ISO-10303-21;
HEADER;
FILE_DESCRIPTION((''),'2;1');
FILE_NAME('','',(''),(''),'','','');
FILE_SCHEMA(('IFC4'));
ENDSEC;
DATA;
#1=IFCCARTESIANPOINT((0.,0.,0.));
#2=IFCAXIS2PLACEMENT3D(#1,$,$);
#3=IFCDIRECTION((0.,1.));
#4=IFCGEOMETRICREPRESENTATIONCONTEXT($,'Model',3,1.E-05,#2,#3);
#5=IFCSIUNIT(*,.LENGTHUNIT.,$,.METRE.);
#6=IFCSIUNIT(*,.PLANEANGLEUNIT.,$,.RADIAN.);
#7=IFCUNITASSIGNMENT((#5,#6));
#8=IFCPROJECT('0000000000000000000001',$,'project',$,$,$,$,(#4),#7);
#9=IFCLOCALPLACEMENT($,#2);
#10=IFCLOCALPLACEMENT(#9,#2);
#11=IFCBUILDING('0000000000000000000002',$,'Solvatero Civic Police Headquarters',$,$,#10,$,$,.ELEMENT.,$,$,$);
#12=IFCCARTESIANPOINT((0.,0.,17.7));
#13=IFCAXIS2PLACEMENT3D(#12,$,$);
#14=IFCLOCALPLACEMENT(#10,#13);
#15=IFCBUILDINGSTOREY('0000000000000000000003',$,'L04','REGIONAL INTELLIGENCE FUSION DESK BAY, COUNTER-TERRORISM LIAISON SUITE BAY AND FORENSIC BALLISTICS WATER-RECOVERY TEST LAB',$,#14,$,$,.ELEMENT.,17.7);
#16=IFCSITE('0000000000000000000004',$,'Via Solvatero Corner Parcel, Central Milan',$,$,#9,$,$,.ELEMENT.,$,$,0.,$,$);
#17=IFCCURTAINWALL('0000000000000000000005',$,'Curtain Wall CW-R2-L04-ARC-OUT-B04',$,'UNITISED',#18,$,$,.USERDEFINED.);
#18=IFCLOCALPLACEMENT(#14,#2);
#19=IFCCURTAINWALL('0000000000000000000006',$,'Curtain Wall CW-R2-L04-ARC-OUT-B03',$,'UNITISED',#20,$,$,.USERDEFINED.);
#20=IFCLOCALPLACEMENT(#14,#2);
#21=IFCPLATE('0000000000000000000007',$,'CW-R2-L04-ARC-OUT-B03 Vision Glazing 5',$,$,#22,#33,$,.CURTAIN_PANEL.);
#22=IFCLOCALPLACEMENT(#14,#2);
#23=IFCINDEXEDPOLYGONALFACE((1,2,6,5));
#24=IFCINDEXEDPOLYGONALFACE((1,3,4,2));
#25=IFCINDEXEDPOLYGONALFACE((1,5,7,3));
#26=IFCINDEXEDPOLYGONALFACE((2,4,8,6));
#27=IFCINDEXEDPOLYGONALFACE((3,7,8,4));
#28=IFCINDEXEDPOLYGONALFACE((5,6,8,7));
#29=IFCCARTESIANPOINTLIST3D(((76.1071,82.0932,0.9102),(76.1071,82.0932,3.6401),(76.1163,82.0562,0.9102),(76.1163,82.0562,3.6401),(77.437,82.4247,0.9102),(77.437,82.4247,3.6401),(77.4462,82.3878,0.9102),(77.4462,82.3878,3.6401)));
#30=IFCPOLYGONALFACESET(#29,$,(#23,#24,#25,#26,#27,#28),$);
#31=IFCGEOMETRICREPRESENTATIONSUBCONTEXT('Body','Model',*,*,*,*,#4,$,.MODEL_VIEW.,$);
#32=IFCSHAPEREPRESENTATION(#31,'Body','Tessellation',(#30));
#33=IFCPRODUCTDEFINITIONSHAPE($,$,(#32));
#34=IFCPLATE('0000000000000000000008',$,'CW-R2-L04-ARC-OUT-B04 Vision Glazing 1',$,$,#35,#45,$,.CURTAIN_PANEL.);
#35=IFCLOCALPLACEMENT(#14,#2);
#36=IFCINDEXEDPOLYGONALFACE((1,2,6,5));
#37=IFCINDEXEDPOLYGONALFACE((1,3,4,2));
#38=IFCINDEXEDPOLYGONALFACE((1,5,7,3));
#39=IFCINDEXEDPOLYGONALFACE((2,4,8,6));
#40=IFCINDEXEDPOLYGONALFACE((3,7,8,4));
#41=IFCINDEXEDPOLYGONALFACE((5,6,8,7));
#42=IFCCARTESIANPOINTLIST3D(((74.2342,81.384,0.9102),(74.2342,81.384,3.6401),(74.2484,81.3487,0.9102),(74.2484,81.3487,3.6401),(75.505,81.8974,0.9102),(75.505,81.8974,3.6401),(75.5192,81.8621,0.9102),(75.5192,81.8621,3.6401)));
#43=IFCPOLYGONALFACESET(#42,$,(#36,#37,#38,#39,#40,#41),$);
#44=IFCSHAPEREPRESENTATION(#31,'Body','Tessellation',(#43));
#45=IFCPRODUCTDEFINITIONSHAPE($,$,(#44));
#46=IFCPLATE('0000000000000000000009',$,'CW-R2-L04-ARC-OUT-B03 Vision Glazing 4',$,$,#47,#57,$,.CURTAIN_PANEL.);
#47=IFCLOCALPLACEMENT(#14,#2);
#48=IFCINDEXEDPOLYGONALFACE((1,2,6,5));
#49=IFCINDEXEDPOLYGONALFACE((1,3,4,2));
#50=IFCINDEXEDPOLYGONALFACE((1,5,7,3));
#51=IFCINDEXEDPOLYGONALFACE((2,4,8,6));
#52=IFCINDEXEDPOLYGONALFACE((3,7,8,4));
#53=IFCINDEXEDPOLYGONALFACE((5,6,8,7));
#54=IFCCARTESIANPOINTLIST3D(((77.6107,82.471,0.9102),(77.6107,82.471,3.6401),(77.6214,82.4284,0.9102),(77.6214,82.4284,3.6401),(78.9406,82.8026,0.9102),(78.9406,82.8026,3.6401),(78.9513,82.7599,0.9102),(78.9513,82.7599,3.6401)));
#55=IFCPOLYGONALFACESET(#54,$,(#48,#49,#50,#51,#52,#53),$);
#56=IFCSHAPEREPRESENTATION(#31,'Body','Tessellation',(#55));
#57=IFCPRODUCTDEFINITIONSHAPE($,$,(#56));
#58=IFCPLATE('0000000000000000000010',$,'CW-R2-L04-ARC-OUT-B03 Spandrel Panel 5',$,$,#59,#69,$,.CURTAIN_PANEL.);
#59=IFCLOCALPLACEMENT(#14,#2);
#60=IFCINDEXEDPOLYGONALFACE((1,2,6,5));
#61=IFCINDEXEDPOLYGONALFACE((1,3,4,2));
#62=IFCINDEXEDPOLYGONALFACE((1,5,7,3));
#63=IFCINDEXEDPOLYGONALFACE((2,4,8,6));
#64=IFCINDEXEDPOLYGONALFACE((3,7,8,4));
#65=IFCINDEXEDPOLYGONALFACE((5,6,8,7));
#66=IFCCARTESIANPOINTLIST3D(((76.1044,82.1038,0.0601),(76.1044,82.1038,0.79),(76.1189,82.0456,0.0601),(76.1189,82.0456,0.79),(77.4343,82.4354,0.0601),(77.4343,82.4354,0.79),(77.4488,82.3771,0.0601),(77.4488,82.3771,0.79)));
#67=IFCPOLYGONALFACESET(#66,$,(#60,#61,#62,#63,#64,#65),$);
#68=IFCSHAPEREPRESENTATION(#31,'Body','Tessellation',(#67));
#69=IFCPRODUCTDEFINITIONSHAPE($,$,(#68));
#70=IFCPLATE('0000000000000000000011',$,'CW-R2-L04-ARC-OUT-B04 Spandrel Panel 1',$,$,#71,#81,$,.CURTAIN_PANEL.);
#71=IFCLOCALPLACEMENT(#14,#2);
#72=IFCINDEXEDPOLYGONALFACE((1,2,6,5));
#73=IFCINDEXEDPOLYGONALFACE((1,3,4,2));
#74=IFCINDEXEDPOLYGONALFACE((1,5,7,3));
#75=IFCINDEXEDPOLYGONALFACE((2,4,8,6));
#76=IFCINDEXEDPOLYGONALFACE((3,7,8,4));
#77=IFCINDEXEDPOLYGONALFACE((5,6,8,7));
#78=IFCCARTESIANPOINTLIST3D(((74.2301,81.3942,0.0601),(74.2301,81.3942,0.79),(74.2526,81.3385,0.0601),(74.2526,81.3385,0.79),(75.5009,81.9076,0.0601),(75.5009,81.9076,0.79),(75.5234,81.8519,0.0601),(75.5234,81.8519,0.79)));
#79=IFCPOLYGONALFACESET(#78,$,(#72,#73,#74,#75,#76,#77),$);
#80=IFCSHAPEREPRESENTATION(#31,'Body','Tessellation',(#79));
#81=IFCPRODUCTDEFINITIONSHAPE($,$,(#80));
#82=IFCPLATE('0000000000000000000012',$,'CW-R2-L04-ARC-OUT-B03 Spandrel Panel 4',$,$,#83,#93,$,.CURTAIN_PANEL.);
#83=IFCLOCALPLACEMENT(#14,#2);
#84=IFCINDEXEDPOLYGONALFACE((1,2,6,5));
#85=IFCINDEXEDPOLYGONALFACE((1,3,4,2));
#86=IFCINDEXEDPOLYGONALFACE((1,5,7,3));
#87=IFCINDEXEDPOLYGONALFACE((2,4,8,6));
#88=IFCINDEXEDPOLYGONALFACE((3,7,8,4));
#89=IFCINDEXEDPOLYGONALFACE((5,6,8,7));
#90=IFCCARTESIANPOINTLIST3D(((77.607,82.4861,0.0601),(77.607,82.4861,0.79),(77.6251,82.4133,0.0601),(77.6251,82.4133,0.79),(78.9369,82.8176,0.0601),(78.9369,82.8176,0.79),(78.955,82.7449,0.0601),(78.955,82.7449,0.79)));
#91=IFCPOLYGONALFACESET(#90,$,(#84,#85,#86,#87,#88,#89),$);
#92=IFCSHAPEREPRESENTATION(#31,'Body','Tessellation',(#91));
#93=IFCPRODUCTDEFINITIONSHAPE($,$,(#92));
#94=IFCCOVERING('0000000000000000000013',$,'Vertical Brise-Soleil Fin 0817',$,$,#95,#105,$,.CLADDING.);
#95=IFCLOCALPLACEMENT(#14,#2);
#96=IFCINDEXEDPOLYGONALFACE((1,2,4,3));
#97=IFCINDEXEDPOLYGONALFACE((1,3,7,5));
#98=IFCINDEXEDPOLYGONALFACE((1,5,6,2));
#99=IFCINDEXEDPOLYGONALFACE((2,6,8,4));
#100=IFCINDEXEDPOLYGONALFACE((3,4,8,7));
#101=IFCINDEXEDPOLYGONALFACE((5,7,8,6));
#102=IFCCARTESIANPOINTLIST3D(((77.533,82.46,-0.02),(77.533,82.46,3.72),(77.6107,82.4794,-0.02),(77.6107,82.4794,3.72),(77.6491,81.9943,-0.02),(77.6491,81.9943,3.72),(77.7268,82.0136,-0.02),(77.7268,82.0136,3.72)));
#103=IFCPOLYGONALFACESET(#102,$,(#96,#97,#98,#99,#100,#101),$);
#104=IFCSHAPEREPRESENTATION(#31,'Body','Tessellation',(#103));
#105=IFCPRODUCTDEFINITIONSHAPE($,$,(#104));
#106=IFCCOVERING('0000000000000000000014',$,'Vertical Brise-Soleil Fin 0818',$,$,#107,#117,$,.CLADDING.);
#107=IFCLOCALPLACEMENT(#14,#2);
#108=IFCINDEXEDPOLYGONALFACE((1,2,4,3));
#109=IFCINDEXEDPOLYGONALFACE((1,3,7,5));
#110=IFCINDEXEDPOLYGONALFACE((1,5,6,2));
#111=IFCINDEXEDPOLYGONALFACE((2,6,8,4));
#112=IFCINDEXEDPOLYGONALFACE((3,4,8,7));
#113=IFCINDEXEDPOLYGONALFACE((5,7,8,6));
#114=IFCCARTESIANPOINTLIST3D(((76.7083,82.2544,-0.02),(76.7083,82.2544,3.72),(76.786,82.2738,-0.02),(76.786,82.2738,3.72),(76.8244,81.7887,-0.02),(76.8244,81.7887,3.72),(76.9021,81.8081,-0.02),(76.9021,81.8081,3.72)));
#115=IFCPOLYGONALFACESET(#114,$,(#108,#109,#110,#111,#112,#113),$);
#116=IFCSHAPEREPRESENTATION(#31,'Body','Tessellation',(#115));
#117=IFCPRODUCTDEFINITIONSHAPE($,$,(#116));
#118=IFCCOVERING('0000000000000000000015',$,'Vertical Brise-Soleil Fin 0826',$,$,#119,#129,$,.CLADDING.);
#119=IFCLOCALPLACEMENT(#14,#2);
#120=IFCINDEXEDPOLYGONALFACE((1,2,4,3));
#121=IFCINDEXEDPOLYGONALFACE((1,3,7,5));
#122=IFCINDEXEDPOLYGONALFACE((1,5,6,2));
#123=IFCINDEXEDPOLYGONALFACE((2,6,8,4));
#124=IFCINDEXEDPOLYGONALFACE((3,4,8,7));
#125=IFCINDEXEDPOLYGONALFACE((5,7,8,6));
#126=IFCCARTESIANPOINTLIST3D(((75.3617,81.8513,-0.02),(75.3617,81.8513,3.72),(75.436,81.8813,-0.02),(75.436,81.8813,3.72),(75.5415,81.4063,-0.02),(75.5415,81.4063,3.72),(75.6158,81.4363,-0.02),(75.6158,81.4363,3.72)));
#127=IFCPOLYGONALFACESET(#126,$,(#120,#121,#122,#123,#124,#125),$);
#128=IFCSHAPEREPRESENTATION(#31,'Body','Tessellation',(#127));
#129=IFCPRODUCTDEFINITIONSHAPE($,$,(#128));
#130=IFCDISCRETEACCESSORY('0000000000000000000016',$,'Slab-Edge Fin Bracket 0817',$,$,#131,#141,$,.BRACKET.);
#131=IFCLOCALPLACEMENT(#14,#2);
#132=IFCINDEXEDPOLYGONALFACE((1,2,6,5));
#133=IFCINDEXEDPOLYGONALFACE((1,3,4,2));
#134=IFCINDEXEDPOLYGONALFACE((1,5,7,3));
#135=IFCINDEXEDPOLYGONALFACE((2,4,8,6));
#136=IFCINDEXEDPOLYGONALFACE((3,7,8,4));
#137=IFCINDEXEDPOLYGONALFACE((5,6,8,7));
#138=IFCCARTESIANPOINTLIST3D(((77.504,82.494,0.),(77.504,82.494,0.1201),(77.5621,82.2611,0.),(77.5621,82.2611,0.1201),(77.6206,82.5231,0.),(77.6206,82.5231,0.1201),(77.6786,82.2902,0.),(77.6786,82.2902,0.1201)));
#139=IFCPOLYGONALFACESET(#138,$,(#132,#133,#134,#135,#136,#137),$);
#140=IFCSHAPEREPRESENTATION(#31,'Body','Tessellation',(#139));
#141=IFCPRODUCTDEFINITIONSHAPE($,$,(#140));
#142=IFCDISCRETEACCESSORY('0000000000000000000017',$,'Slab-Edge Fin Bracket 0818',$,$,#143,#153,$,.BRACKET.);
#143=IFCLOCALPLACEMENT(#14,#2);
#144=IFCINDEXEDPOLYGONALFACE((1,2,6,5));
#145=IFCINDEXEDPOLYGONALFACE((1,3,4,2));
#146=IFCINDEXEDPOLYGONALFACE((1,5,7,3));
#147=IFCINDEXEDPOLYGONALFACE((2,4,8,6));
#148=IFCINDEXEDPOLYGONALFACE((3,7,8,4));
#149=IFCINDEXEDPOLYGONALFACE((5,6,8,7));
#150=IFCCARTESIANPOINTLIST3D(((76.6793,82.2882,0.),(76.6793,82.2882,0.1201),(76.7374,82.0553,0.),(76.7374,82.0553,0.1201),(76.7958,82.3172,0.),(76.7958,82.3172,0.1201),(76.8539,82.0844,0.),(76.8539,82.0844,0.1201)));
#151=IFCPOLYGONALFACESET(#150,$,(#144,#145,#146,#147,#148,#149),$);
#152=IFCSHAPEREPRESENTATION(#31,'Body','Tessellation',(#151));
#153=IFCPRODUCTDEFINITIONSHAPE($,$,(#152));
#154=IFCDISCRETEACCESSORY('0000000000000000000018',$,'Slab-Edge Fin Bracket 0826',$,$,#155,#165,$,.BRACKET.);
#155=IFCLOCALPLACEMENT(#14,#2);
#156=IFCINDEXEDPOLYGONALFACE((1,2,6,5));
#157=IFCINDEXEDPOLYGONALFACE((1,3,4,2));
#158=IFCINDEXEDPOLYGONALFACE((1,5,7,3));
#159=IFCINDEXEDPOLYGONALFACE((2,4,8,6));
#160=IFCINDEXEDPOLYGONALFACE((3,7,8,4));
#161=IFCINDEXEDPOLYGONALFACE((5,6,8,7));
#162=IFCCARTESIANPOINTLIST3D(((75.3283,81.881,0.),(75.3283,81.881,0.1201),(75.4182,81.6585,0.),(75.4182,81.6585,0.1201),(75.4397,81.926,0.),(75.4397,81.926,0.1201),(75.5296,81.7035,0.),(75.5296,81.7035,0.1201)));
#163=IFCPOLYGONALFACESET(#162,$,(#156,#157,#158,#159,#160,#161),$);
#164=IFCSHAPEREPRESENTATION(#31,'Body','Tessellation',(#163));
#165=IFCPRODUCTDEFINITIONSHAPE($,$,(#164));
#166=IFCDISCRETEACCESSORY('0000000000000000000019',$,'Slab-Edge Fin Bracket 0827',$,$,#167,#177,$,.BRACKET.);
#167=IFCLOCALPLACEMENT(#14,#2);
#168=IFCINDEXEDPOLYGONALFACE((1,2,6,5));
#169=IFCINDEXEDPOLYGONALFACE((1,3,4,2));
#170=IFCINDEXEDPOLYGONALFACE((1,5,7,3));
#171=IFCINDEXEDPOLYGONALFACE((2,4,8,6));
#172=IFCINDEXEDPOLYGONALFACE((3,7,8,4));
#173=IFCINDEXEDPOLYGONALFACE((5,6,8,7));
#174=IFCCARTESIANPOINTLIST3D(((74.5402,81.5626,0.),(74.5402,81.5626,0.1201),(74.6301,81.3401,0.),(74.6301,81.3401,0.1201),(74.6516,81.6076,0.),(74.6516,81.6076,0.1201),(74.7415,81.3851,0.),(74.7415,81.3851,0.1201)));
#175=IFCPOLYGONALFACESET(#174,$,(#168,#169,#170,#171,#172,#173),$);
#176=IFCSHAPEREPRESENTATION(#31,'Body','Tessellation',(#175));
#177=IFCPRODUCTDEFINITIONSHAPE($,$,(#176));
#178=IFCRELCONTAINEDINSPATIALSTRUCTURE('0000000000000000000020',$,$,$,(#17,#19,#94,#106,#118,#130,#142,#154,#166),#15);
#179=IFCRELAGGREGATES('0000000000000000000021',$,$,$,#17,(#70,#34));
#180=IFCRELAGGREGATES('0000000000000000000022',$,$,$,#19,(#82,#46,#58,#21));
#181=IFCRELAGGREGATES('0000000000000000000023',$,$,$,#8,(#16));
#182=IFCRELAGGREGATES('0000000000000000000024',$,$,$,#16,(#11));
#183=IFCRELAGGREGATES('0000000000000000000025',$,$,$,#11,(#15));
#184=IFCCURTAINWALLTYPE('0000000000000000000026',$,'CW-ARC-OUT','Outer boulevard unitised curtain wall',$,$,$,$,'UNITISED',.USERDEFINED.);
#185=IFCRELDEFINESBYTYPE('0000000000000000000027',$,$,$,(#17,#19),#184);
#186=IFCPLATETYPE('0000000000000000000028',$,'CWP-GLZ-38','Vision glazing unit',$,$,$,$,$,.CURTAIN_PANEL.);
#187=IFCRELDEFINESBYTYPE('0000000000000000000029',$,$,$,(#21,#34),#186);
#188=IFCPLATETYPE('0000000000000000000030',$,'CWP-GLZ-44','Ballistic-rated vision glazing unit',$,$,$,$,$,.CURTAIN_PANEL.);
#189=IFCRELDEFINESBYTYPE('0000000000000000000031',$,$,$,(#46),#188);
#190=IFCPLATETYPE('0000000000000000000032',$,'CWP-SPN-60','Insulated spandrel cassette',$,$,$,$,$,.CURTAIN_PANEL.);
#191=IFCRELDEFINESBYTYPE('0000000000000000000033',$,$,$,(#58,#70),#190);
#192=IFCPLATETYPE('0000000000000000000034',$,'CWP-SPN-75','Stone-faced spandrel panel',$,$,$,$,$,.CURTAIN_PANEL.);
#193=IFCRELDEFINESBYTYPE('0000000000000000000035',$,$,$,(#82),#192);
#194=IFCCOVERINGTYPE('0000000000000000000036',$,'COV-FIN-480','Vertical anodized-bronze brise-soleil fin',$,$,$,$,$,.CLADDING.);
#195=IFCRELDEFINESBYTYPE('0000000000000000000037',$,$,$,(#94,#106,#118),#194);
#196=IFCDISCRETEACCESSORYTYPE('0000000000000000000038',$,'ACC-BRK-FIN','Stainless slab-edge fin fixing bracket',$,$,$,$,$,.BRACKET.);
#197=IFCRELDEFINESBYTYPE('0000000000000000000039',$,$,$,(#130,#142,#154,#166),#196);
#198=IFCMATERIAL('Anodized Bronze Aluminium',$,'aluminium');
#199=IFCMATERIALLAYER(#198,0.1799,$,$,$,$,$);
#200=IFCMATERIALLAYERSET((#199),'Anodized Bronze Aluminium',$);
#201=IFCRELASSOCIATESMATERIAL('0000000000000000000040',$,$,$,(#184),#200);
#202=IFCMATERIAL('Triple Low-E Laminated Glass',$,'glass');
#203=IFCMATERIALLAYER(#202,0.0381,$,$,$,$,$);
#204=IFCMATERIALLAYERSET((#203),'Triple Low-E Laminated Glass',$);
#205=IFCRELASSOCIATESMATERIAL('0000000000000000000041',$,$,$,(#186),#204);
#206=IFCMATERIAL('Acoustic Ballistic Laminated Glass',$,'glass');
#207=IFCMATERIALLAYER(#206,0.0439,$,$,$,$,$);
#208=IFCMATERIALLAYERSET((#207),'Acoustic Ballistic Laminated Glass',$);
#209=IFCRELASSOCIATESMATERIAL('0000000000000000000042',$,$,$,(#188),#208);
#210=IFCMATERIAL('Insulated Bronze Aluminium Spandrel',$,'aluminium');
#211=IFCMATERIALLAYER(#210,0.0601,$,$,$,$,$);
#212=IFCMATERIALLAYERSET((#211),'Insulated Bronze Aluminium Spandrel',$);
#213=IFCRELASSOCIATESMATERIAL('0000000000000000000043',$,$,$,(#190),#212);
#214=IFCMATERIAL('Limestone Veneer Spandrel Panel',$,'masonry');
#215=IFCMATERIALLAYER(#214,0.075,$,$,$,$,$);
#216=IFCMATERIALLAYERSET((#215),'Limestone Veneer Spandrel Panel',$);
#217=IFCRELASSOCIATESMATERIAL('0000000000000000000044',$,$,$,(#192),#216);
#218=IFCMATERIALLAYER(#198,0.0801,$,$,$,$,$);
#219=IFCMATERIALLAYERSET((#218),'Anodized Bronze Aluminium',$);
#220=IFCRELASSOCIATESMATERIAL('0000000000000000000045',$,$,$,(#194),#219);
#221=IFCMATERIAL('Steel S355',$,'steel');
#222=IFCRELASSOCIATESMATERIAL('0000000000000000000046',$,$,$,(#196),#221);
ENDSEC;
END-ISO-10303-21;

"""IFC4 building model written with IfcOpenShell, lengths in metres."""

from ifc_helpers import new_model, si_unit, direction, frame, origin, origin_2d, place, context, subcontext, project, spatial, rectangle, extrude, material, layer, layer_set, type_object, element, aggregate, save


model = new_model("IFC4")

# Units and contexts
model_context = context("Model", 3, precision=1e-05, world=origin(), true_north=direction((0.0, 1.0)))
body_context = subcontext(model_context, "Body", "Model", "MODEL_VIEW")
ifc_project = project(units=[si_unit("LENGTHUNIT", "METRE"), si_unit("PLANEANGLEUNIT", "RADIAN")], contexts=[model_context])

# Site, building, storey
site_placement = place(None, origin())
site = spatial("IfcSite", under=ifc_project, at=site_placement, Name="Via Solvatero Corner Parcel, Central Milan", CompositionType="ELEMENT", RefElevation=0.0)
building_placement = place(site_placement, origin())
building = spatial("IfcBuilding", under=site, at=building_placement, Name="Solvatero Civic Police Headquarters", CompositionType="ELEMENT")
storey_placement = place(building_placement, frame((0.0, 0.0, 17.7)))
storey = spatial("IfcBuildingStorey", under=building, at=storey_placement, Name="L04", Description="REGIONAL INTELLIGENCE FUSION DESK BAY, COUNTER-TERRORISM LIAISON SUITE BAY AND FORENSIC BALLISTICS WATER-RECOVERY TEST LAB", CompositionType="ELEMENT", Elevation=17.7)

# Shared definitions
ifc_material_1 = material(Name="Steel S355", Category="steel")

# Curtain wall
ifc_material_2 = material(Name="Anodized Bronze Aluminium", Category="aluminium")
ifc_layer_1 = layer(ifc_material_2, 0.1799)
ifc_layer_set_1 = layer_set([ifc_layer_1], Name="Anodized Bronze Aluminium")
curtain_wall_type = type_object("IfcCurtainWallType", Name="CW-ARC-OUT", Description="Outer boulevard unitised curtain wall", ElementType="UNITISED", PredefinedType="USERDEFINED", material=ifc_layer_set_1)
curtain_wall_1_placement = place(storey_placement, origin())
curtain_wall_1 = element("IfcCurtainWall", 1, at=curtain_wall_1_placement, inside=storey, type_object=curtain_wall_type, Name="Curtain Wall CW-R2-L04-ARC-OUT-B04", ObjectType="UNITISED", PredefinedType="USERDEFINED")

# Curtain wall
curtain_wall_2_placement = place(storey_placement, origin())
curtain_wall_2 = element("IfcCurtainWall", 2, at=curtain_wall_2_placement, inside=storey, type_object=curtain_wall_type, Name="Curtain Wall CW-R2-L04-ARC-OUT-B03", ObjectType="UNITISED", PredefinedType="USERDEFINED")

# Plates
ifc_material_3 = material(Name="Triple Low-E Laminated Glass", Category="glass")
ifc_layer_2 = layer(ifc_material_3, 0.0381)
ifc_layer_set_2 = layer_set([ifc_layer_2], Name="Triple Low-E Laminated Glass")
plate_type_1 = type_object("IfcPlateType", Name="CWP-GLZ-38", Description="Vision glazing unit", PredefinedType="CURTAIN_PANEL", material=ifc_layer_set_2)
plate_1_placement = place(storey_placement, frame((76.7766, 82.2405, 0.9102), z_axis=(0.0, 0.0, 1.0), x_axis=(-0.970296, -0.241922, 0.0)))
plate_1 = element("IfcPlate", 3, at=plate_1_placement, type_object=plate_type_1, Name="CW-R2-L04-ARC-OUT-B03 Vision Glazing 5", PredefinedType="CURTAIN_PANEL", context=body_context, shape_type="SweptSolid", body=[
    extrude(rectangle(XDim=1.3706, YDim=0.0381, at=origin_2d()), origin(), (0.0, 0.0, 1.0), 2.73),
])
plate_2_placement = place(storey_placement, frame((74.8767, 81.623, 0.9102), z_axis=(0.0, 0.0, 1.0), x_axis=(-0.92719, -0.37459, 0.0)))
plate_2 = element("IfcPlate", 4, at=plate_2_placement, type_object=plate_type_1, Name="CW-R2-L04-ARC-OUT-B04 Vision Glazing 1", PredefinedType="CURTAIN_PANEL", context=body_context, shape_type="SweptSolid", body=[
    extrude(rectangle(XDim=1.3706, YDim=0.0381, at=origin_2d()), origin(), (0.0, 0.0, 1.0), 2.73),
])
ifc_material_4 = material(Name="Acoustic Ballistic Laminated Glass", Category="glass")
ifc_layer_3 = layer(ifc_material_4, 0.0439)
ifc_layer_set_3 = layer_set([ifc_layer_3], Name="Acoustic Ballistic Laminated Glass")
plate_type_2 = type_object("IfcPlateType", Name="CWP-GLZ-44", Description="Ballistic-rated vision glazing unit", PredefinedType="CURTAIN_PANEL", material=ifc_layer_set_3)
plate_3_placement = place(storey_placement, frame((78.281, 82.6155, 0.9102), z_axis=(0.0, 0.0, 1.0), x_axis=(-0.970296, -0.241922, 0.0)))
plate_3 = element("IfcPlate", 5, at=plate_3_placement, type_object=plate_type_2, Name="CW-R2-L04-ARC-OUT-B03 Vision Glazing 4", PredefinedType="CURTAIN_PANEL", context=body_context, shape_type="SweptSolid", body=[
    extrude(rectangle(XDim=1.3706, YDim=0.0439, at=origin_2d()), origin(), (0.0, 0.0, 1.0), 2.73),
])
ifc_material_5 = material(Name="Insulated Bronze Aluminium Spandrel", Category="aluminium")
ifc_layer_4 = layer(ifc_material_5, 0.0601)
ifc_layer_set_4 = layer_set([ifc_layer_4], Name="Insulated Bronze Aluminium Spandrel")
plate_type_3 = type_object("IfcPlateType", Name="CWP-SPN-60", Description="Insulated spandrel cassette", PredefinedType="CURTAIN_PANEL", material=ifc_layer_set_4)
plate_4_placement = place(storey_placement, frame((76.7766, 82.2405, 0.0601), z_axis=(0.0, 0.0, 1.0), x_axis=(-0.970296, -0.241922, 0.0)))
plate_4 = element("IfcPlate", 6, at=plate_4_placement, type_object=plate_type_3, Name="CW-R2-L04-ARC-OUT-B03 Spandrel Panel 5", PredefinedType="CURTAIN_PANEL", context=body_context, shape_type="SweptSolid", body=[
    extrude(rectangle(XDim=1.3706, YDim=0.0601, at=origin_2d()), origin(), (0.0, 0.0, 1.0), 0.73),
])
plate_5_placement = place(storey_placement, frame((74.8767, 81.623, 0.0601), z_axis=(0.0, 0.0, 1.0), x_axis=(-0.92719, -0.37459, 0.0)))
plate_5 = element("IfcPlate", 7, at=plate_5_placement, type_object=plate_type_3, Name="CW-R2-L04-ARC-OUT-B04 Spandrel Panel 1", PredefinedType="CURTAIN_PANEL", context=body_context, shape_type="SweptSolid", body=[
    extrude(rectangle(XDim=1.3706, YDim=0.0601, at=origin_2d()), origin(), (0.0, 0.0, 1.0), 0.73),
])
aggregate(curtain_wall_1, [plate_5, plate_2])
ifc_material_6 = material(Name="Limestone Veneer Spandrel Panel", Category="masonry")
ifc_layer_5 = layer(ifc_material_6, 0.075)
ifc_layer_set_5 = layer_set([ifc_layer_5], Name="Limestone Veneer Spandrel Panel")
plate_type_4 = type_object("IfcPlateType", Name="CWP-SPN-75", Description="Stone-faced spandrel panel", PredefinedType="CURTAIN_PANEL", material=ifc_layer_set_5)
plate_6_placement = place(storey_placement, frame((78.281, 82.6155, 0.0601), z_axis=(0.0, 0.0, 1.0), x_axis=(-0.970296, -0.241922, 0.0)))
plate_6 = element("IfcPlate", 8, at=plate_6_placement, type_object=plate_type_4, Name="CW-R2-L04-ARC-OUT-B03 Spandrel Panel 4", PredefinedType="CURTAIN_PANEL", context=body_context, shape_type="SweptSolid", body=[
    extrude(rectangle(XDim=1.3706, YDim=0.075, at=origin_2d()), origin(), (0.0, 0.0, 1.0), 0.73),
])
aggregate(curtain_wall_2, [plate_6, plate_3, plate_4, plate_1])

# Coverings
ifc_layer_6 = layer(ifc_material_2, 0.0801)
ifc_layer_set_6 = layer_set([ifc_layer_6], Name="Anodized Bronze Aluminium")
covering_type = type_object("IfcCoveringType", Name="COV-FIN-480", Description="Vertical anodized-bronze brise-soleil fin", PredefinedType="CLADDING", material=ifc_layer_set_6)
for number, where, z_axis, x_axis, name in (
    (9, (77.6299, 82.2368, -0.02), (0.0, 0.0, 1.0), (-0.970296, -0.241922, 0.0), "Vertical Brise-Soleil Fin 0817"),
    (10, (76.8052, 82.0312, -0.02), (0.0, 0.0, 1.0), (-0.970296, -0.241922, 0.0), "Vertical Brise-Soleil Fin 0818"),
    (11, (75.4888, 81.6438, -0.02), (0.0, 0.0, 1.0), (-0.92719, -0.37459, 0.0), "Vertical Brise-Soleil Fin 0826"),
):
    element("IfcCovering", number, at=place(storey_placement, frame(where, z_axis=z_axis, x_axis=x_axis)), inside=storey, type_object=covering_type, Name=name, PredefinedType="CLADDING", context=body_context, shape_type="SweptSolid", body=[
        extrude(rectangle(XDim=0.0801, YDim=0.48, at=origin_2d()), origin(), (0.0, 0.0, 1.0), 3.74),
    ])

# Discrete accessories
discrete_accessory_type = type_object("IfcDiscreteAccessoryType", Name="ACC-BRK-FIN", Description="Stainless slab-edge fin fixing bracket", PredefinedType="BRACKET", material=ifc_material_1)
for number, where, z_axis, x_axis, name in (
    (12, (77.5913, 82.3921, 0.0), (0.0, 0.0, 1.0), (-0.970296, -0.241922, 0.0), "Slab-Edge Fin Bracket 0817"),
    (13, (76.7666, 82.1863, 0.0), (0.0, 0.0, 1.0), (-0.970296, -0.241922, 0.0), "Slab-Edge Fin Bracket 0818"),
    (14, (75.429, 81.7922, 0.0), (0.0, 0.0, 1.0), (-0.92719, -0.37459, 0.0), "Slab-Edge Fin Bracket 0826"),
    (15, (74.6409, 81.4739, 0.0), (0.0, 0.0, 1.0), (-0.92719, -0.37459, 0.0), "Slab-Edge Fin Bracket 0827"),
):
    element("IfcDiscreteAccessory", number, at=place(storey_placement, frame(where, z_axis=z_axis, x_axis=x_axis)), inside=storey, type_object=discrete_accessory_type, Name=name, PredefinedType="BRACKET", context=body_context, shape_type="SweptSolid", body=[
        extrude(rectangle(XDim=0.1201, YDim=0.24, at=origin_2d()), origin(), (0.0, 0.0, 1.0), 0.1201),
    ])

save(model, "model.ifc")
